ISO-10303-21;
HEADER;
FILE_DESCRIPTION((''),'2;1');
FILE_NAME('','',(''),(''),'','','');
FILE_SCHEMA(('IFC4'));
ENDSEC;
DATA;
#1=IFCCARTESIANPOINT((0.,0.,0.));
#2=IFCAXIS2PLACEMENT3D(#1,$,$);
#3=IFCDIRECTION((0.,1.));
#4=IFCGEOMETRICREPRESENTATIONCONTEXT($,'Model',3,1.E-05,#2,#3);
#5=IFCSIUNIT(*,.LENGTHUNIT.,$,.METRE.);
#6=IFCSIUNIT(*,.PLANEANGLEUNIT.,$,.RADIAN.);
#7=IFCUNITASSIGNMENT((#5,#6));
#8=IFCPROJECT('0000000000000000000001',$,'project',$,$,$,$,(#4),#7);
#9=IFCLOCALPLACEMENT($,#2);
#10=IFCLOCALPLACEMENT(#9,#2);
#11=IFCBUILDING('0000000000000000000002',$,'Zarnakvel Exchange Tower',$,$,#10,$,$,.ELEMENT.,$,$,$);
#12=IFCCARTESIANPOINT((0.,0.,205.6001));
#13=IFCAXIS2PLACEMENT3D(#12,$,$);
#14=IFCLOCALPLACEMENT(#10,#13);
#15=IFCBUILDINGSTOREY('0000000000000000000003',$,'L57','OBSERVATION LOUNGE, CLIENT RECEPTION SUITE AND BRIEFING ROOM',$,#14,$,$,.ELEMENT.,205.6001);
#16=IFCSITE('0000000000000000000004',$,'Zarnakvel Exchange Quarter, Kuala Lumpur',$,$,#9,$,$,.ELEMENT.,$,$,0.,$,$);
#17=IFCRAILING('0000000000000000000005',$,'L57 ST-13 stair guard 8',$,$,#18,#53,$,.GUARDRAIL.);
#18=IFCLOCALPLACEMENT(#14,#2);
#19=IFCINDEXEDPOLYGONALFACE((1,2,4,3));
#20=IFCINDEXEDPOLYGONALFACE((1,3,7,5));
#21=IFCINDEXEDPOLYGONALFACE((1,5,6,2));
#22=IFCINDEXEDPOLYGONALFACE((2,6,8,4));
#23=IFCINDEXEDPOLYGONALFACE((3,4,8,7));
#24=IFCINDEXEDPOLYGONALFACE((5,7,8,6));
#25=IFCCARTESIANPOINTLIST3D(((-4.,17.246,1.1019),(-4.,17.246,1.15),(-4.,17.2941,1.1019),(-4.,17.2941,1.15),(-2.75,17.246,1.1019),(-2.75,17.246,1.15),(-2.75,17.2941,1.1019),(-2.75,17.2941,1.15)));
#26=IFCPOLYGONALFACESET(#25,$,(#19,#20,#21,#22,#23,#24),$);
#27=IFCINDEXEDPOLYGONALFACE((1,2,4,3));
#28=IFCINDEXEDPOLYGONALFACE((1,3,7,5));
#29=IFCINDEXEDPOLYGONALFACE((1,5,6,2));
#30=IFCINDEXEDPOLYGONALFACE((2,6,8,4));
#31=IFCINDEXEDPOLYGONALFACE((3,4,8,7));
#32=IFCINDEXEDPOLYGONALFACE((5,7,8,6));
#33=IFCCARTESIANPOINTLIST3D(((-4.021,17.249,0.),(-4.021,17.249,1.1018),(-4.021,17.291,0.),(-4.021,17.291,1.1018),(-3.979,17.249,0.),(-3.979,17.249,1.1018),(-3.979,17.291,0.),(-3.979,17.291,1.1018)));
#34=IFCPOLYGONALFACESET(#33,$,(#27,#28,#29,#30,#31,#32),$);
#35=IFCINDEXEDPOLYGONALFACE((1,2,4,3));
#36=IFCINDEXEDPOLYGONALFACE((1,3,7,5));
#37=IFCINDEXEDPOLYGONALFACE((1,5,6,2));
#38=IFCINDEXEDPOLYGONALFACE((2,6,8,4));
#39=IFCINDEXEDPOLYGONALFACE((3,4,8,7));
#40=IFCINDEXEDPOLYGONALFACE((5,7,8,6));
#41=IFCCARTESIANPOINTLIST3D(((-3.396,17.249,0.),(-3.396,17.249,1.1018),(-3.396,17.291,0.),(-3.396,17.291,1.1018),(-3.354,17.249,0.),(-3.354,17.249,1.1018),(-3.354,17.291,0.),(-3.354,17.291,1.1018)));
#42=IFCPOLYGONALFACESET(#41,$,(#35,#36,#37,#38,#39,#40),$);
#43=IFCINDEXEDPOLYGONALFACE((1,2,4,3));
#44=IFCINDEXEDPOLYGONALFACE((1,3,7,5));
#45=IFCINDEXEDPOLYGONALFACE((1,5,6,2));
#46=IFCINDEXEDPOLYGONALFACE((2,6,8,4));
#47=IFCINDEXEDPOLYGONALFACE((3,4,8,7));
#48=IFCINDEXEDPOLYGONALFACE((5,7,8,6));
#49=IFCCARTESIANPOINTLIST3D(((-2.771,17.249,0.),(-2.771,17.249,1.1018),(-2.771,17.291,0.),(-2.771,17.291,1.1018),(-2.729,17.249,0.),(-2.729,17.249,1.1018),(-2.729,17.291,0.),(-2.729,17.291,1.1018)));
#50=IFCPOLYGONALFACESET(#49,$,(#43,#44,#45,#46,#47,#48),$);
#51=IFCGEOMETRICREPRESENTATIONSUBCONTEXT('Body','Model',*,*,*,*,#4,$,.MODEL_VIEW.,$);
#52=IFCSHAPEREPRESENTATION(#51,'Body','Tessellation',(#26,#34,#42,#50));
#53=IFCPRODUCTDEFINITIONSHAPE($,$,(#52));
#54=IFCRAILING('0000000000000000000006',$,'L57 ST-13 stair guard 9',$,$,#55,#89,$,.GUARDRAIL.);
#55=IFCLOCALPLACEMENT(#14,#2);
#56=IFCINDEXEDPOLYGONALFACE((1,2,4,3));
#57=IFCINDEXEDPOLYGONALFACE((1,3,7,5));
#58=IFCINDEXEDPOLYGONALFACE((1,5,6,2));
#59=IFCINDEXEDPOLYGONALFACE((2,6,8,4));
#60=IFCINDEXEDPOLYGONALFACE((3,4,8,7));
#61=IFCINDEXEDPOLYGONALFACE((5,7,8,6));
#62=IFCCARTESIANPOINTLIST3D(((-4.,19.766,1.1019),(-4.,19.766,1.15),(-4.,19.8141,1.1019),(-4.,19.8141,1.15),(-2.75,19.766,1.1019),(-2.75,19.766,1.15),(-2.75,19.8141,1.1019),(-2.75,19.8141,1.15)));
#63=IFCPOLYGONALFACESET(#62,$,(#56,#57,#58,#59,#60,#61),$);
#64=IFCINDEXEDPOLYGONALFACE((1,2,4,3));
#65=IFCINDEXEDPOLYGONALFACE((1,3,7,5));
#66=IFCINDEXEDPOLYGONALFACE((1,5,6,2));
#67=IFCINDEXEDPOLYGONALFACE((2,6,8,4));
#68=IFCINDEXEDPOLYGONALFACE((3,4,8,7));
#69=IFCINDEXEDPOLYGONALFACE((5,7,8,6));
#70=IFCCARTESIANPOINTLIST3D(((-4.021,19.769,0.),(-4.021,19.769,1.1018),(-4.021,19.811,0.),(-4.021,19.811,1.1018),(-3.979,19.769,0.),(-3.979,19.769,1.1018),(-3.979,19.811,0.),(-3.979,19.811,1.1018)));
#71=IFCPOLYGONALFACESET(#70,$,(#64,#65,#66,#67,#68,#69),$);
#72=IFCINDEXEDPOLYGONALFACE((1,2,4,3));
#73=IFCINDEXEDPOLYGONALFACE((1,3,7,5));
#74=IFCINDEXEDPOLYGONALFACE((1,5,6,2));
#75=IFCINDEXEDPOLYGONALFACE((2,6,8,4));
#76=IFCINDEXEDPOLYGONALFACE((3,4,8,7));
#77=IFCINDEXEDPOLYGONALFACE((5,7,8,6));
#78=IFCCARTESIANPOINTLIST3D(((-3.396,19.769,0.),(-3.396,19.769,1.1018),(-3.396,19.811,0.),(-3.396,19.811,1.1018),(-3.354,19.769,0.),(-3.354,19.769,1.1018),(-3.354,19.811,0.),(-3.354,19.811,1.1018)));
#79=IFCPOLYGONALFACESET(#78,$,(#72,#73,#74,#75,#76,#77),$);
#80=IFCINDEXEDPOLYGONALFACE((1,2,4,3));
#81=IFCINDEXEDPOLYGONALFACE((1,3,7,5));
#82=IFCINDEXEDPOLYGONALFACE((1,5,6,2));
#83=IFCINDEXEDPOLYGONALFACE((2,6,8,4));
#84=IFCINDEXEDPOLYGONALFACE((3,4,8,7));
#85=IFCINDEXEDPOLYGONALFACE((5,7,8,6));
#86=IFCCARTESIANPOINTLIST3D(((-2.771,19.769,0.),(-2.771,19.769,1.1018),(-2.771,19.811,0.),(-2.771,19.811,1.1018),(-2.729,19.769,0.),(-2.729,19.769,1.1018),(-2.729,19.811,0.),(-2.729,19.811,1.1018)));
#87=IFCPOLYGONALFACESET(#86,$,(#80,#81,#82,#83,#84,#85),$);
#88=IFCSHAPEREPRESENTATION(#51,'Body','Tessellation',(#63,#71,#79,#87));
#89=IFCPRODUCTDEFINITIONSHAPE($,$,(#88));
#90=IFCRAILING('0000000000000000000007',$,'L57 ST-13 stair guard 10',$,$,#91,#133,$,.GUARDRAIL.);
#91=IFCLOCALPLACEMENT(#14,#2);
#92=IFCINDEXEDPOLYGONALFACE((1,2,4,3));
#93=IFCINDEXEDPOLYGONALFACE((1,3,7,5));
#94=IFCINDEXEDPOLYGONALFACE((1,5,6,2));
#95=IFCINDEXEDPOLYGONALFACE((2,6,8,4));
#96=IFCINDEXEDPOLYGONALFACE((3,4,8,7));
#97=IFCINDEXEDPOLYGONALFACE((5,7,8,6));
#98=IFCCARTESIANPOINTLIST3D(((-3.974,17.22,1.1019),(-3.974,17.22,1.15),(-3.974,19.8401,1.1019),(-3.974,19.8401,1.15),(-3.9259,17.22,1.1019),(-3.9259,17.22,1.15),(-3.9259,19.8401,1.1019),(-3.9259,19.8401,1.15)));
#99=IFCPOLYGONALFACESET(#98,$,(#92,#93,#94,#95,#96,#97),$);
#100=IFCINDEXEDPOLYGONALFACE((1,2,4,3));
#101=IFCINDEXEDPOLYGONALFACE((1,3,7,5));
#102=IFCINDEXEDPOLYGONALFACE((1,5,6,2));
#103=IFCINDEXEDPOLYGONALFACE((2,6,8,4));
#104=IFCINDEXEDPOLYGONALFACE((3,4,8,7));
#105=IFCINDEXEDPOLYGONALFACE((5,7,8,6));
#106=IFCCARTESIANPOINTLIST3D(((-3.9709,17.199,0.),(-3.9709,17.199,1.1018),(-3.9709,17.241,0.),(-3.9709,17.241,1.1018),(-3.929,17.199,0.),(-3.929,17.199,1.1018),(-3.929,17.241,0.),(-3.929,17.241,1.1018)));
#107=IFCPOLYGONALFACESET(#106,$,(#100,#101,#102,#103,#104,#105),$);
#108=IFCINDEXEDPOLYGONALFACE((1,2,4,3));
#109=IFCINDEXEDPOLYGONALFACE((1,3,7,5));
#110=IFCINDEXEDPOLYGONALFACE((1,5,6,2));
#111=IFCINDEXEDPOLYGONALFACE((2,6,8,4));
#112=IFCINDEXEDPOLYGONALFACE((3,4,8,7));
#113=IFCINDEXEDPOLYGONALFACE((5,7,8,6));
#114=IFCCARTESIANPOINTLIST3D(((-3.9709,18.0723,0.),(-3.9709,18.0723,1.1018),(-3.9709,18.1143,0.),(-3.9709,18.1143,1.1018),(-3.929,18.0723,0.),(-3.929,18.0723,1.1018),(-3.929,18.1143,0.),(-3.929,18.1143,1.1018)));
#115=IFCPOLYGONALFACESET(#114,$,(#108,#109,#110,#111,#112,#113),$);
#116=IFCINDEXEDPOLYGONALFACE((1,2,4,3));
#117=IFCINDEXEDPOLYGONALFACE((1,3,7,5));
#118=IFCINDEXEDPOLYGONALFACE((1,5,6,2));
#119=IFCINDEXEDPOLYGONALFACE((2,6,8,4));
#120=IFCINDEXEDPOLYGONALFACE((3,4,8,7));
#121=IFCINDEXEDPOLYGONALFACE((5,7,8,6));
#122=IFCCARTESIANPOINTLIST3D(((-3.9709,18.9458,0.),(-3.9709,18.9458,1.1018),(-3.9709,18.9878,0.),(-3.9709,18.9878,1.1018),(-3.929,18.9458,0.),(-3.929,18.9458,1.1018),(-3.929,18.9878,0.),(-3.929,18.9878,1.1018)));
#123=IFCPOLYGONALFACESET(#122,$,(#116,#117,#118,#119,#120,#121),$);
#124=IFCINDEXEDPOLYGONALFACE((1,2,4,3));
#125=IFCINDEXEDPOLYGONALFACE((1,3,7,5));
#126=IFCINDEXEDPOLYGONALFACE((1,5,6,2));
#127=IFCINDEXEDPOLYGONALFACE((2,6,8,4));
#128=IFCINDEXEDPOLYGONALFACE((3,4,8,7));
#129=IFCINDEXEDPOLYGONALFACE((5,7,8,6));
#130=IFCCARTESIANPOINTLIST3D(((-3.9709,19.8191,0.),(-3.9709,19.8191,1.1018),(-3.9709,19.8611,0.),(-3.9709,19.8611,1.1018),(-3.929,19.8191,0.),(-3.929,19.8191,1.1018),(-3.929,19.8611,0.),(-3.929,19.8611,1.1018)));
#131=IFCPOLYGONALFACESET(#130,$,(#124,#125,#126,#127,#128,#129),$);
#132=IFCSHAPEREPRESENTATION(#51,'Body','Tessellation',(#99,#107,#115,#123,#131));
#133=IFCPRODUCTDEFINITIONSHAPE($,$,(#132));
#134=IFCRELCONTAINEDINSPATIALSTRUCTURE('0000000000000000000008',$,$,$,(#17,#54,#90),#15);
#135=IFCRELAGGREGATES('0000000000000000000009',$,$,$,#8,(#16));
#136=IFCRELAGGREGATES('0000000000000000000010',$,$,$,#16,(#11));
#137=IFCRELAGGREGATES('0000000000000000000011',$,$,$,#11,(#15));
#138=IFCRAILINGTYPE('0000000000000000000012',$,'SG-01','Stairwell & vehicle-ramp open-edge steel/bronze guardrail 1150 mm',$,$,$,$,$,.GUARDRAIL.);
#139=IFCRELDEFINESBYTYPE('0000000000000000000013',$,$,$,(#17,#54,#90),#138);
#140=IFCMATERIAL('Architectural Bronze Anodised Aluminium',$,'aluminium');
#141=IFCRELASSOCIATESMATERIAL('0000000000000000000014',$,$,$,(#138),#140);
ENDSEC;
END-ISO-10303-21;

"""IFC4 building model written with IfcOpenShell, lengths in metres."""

from ifc_helpers import new_model, si_unit, direction, frame, origin, origin_2d, place, context, subcontext, project, spatial, rectangle, extrude, material, type_object, element, save


model = new_model("IFC4")

# Units and contexts
model_context = context("Model", 3, precision=1e-05, world=origin(), true_north=direction((0.0, 1.0)))
body_context = subcontext(model_context, "Body", "Model", "MODEL_VIEW")
ifc_project = project(units=[si_unit("LENGTHUNIT", "METRE"), si_unit("PLANEANGLEUNIT", "RADIAN")], contexts=[model_context])

# Site, building, storey
site_placement = place(None, origin())
site = spatial("IfcSite", under=ifc_project, at=site_placement, Name="Zarnakvel Exchange Quarter, Kuala Lumpur", CompositionType="ELEMENT", RefElevation=0.0)
building_placement = place(site_placement, origin())
building = spatial("IfcBuilding", under=site, at=building_placement, Name="Zarnakvel Exchange Tower", CompositionType="ELEMENT")
storey_placement = place(building_placement, frame((0.0, 0.0, 205.6001)))
storey = spatial("IfcBuildingStorey", under=building, at=storey_placement, Name="L57", Description="OBSERVATION LOUNGE, CLIENT RECEPTION SUITE AND BRIEFING ROOM", CompositionType="ELEMENT", Elevation=205.6001)

# Shared definitions
ifc_material_1 = material(Name="Architectural Bronze Anodised Aluminium", Category="aluminium")

# Railings
railing_type_1 = type_object("IfcRailingType", Name="SG-01", Description="Stairwell & vehicle-ramp open-edge steel/bronze guardrail 1150 mm", PredefinedType="GUARDRAIL", material=ifc_material_1)
for number, where, name in (
    (1, (-4.0, 17.27, 0.0), "L57 ST-13 stair guard 8"),
    (2, (-4.0, 19.79, 0.0), "L57 ST-13 stair guard 9"),
):
    element("IfcRailing", number, at=place(storey_placement, frame(where)), inside=storey, type_object=railing_type_1, Name=name, PredefinedType="GUARDRAIL", context=body_context, shape_type="SweptSolid", body=[
        extrude(rectangle(XDim=0.0481, YDim=0.0481, at=origin_2d()), frame((0.0, 0.0, 1.126), z_axis=(1.0, 0.0, 0.0), x_axis=(0.0, 1.0, 0.0)), (0.0, 0.0, 1.0), 1.25),
        extrude(rectangle(XDim=0.042, YDim=0.042, at=origin_2d()), origin(), (0.0, 0.0, 1.0), 1.1018),
        extrude(rectangle(XDim=0.042, YDim=0.042, at=origin_2d()), frame((0.625, 0.0, 0.0)), (0.0, 0.0, 1.0), 1.1018),
        extrude(rectangle(XDim=0.042, YDim=0.042, at=origin_2d()), frame((1.25, 0.0, 0.0)), (0.0, 0.0, 1.0), 1.1018),
    ])
railing_1_placement = place(storey_placement, frame((-3.95, 17.22, 0.0)))
element("IfcRailing", 3, at=railing_1_placement, inside=storey, type_object=railing_type_1, Name="L57 ST-13 stair guard 10", PredefinedType="GUARDRAIL", context=body_context, shape_type="SweptSolid", body=[
    extrude(rectangle(XDim=0.0481, YDim=0.0481, at=origin_2d()), frame((0.0, 0.0, 1.126), z_axis=(0.0, 1.0, 0.0), x_axis=(-1.0, 0.0, 0.0)), (0.0, 0.0, 1.0), 2.6201),
    extrude(rectangle(XDim=0.042, YDim=0.042, at=origin_2d()), origin(), (0.0, 0.0, 1.0), 1.1018),
    extrude(rectangle(XDim=0.042, YDim=0.042, at=origin_2d()), frame((0.0, 0.8733, 0.0)), (0.0, 0.0, 1.0), 1.1018),
    extrude(rectangle(XDim=0.042, YDim=0.042, at=origin_2d()), frame((0.0, 1.7468, 0.0)), (0.0, 0.0, 1.0), 1.1018),
    extrude(rectangle(XDim=0.042, YDim=0.042, at=origin_2d()), frame((0.0, 2.6201, 0.0)), (0.0, 0.0, 1.0), 1.1018),
])

save(model, "model.ifc")
